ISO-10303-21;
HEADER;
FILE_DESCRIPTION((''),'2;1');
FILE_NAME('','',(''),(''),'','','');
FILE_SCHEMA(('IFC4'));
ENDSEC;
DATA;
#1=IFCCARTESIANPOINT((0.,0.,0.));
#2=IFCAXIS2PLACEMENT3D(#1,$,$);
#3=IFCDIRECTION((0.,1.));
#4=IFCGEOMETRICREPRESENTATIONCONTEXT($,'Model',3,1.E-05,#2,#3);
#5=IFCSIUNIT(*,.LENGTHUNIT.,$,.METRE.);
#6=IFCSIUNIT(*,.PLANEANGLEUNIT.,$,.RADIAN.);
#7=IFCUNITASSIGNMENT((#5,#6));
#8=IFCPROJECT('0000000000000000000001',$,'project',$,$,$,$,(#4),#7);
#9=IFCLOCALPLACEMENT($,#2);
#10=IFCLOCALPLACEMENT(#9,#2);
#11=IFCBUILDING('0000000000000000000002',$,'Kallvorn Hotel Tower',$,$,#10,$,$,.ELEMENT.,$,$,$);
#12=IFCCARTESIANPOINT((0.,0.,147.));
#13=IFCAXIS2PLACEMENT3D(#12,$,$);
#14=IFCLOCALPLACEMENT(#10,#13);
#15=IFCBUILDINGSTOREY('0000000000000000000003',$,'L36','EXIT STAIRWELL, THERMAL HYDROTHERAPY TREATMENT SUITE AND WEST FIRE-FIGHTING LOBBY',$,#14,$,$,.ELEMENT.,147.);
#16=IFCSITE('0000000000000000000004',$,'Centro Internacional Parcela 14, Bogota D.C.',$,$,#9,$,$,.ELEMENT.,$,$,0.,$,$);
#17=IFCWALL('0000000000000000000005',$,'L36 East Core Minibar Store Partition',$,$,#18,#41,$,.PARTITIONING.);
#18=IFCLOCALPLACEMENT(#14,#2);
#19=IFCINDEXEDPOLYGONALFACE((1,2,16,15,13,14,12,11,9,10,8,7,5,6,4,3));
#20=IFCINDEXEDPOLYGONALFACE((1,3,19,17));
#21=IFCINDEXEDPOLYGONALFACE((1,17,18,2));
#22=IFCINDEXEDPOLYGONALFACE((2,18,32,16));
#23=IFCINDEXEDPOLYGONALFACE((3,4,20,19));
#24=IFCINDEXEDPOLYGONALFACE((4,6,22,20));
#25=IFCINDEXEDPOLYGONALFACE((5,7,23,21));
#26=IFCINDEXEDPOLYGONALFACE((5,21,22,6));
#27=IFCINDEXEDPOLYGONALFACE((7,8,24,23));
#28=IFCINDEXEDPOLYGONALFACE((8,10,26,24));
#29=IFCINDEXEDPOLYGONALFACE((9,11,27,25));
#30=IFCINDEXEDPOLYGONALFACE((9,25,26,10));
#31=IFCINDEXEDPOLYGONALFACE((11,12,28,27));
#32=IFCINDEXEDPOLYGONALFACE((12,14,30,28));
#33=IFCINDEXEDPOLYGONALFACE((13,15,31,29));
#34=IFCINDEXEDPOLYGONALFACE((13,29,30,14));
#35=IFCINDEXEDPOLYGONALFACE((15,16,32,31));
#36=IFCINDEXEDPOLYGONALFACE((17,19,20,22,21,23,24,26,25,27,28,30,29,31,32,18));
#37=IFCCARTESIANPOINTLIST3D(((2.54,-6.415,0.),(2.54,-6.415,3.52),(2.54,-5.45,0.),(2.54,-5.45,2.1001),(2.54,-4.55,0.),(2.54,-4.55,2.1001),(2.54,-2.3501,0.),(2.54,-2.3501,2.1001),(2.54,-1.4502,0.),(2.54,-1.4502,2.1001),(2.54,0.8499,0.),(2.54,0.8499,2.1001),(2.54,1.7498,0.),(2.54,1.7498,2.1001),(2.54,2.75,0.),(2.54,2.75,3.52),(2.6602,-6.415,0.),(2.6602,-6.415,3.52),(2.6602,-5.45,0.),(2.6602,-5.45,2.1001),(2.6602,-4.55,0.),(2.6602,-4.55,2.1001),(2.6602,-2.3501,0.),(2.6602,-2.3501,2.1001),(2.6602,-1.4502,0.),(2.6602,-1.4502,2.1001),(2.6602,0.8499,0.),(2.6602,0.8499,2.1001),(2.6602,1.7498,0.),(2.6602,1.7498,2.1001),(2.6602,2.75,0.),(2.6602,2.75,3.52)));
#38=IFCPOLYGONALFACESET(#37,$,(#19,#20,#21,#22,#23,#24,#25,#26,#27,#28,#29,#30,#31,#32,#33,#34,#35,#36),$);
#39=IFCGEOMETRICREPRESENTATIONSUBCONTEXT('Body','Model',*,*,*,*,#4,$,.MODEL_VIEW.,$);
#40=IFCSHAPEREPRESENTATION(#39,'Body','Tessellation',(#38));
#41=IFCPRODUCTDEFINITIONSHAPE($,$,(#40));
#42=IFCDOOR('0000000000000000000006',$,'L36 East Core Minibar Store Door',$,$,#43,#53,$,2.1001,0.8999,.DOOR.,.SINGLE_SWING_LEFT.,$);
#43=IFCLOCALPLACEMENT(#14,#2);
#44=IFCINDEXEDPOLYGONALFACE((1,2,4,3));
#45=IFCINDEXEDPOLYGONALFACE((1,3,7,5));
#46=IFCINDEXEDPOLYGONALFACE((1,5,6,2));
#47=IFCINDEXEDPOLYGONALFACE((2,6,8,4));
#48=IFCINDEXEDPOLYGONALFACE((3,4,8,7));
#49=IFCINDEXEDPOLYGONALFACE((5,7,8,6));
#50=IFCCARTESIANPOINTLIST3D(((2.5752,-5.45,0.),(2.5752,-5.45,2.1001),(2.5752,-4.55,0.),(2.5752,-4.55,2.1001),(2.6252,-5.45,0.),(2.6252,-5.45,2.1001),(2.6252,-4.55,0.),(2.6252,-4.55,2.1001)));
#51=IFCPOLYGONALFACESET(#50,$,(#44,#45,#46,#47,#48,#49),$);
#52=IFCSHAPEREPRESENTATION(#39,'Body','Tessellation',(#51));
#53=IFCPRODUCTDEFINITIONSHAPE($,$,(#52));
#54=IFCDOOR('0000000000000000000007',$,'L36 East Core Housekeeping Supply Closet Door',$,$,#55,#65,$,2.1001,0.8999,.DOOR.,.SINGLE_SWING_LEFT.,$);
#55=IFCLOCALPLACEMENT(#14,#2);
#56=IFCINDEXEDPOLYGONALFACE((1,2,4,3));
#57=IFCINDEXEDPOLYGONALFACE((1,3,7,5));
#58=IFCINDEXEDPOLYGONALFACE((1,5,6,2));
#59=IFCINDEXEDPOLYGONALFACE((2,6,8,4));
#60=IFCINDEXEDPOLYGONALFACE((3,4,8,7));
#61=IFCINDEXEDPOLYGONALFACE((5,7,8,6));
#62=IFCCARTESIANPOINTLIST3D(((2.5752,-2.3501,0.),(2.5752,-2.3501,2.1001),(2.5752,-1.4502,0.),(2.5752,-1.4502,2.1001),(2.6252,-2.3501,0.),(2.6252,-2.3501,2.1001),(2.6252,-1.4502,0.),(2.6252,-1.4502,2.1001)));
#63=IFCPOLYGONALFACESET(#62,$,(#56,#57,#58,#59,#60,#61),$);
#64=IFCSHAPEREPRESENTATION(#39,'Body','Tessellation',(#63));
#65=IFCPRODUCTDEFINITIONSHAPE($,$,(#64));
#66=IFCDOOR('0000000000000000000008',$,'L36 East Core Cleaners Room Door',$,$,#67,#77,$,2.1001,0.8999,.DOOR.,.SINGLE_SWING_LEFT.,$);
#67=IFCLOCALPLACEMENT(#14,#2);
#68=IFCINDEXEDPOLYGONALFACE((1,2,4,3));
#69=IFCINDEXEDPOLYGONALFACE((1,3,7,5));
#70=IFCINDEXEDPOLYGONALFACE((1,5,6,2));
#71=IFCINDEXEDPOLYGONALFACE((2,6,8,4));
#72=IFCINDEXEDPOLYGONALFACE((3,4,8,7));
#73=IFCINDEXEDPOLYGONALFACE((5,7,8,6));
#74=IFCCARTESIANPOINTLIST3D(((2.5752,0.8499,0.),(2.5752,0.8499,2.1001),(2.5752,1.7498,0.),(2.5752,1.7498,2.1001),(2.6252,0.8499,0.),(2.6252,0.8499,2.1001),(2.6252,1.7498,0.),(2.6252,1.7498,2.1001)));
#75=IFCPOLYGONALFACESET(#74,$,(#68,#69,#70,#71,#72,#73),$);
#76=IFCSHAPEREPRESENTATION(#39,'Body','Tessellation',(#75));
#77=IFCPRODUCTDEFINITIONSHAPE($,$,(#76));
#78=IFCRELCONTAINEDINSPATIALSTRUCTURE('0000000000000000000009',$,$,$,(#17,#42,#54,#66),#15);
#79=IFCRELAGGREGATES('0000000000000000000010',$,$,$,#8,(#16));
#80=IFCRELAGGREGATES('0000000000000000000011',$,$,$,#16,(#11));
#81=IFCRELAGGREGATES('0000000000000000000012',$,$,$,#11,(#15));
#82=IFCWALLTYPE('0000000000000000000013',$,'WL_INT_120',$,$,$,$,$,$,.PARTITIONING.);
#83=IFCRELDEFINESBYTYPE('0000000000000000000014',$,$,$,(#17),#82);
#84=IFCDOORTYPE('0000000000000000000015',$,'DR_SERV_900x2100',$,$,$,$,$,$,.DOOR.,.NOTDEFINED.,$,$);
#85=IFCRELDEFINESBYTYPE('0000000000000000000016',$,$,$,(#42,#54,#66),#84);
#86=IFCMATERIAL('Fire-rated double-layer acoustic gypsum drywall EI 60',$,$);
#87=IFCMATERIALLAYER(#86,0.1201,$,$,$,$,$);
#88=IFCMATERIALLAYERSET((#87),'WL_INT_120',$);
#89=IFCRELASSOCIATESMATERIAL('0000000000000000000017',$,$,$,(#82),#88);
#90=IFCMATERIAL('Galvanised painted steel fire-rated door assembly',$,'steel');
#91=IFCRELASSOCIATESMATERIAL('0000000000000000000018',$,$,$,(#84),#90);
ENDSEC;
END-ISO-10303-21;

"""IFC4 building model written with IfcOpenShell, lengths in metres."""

from ifc_helpers import new_model, si_unit, direction, frame, frame_2d, origin, place, context, subcontext, project, spatial, rectangle, extrude, material, layer, layer_set, type_object, element, fill, save


model = new_model("IFC4")

# Units and contexts
model_context = context("Model", 3, precision=1e-05, world=origin(), true_north=direction((0.0, 1.0)))
body_context = subcontext(model_context, "Body", "Model", "MODEL_VIEW")
ifc_project = project(units=[si_unit("LENGTHUNIT", "METRE"), si_unit("PLANEANGLEUNIT", "RADIAN")], contexts=[model_context])

# Site, building, storey
site_placement = place(None, origin())
site = spatial("IfcSite", under=ifc_project, at=site_placement, Name="Centro Internacional Parcela 14, Bogota D.C.", CompositionType="ELEMENT", RefElevation=0.0)
building_placement = place(site_placement, origin())
building = spatial("IfcBuilding", under=site, at=building_placement, Name="Kallvorn Hotel Tower", CompositionType="ELEMENT")
storey_placement = place(building_placement, frame((0.0, 0.0, 147.0)))
storey = spatial("IfcBuildingStorey", under=building, at=storey_placement, Name="L36", Description="EXIT STAIRWELL, THERMAL HYDROTHERAPY TREATMENT SUITE AND WEST FIRE-FIGHTING LOBBY", CompositionType="ELEMENT", Elevation=147.0)

# Shared definitions
ifc_material_1 = material(Name="Fire-rated double-layer acoustic gypsum drywall EI 60")
ifc_layer_1 = layer(ifc_material_1, 0.1201)
ifc_layer_set_1 = layer_set([ifc_layer_1], Name="WL_INT_120")
wall_type_1 = type_object("IfcWallType", Name="WL_INT_120", PredefinedType="PARTITIONING", material=ifc_layer_set_1)

# Wall, openings, doors
wall_1_placement = place(storey_placement, frame((2.6001, -6.415, 0.0), z_axis=(0.0, 0.0, 1.0), x_axis=(0.0, 1.0, 0.0)))
wall_1 = element("IfcWall", 1, at=wall_1_placement, inside=storey, type_object=wall_type_1, Name="L36 East Core Minibar Store Partition", PredefinedType="PARTITIONING", context=body_context, shape_type="SweptSolid", body=[
    extrude(rectangle(XDim=9.165, YDim=0.1201, at=frame_2d((4.5825, 0.0))), origin(), (0.0, 0.0, 1.0), 3.52),
])
opening_1_placement = place(wall_1_placement, frame((0.9651, 0.0, 0.0)))
opening_1 = element("IfcOpeningElement", 2, at=opening_1_placement, cuts=wall_1, PredefinedType="OPENING", context=body_context, shape_type="SweptSolid", body=[
    extrude(rectangle(XDim=0.8999, YDim=2.1001, at=frame_2d((0.45, 1.05))), frame((0.0, 0.075, 0.0), z_axis=(0.0, -1.0, 0.0), x_axis=(1.0, 0.0, 0.0)), (0.0, 0.0, 1.0), 0.1501),
])
opening_2_placement = place(wall_1_placement, frame((4.0649, 0.0, 0.0)))
opening_2 = element("IfcOpeningElement", 3, at=opening_2_placement, cuts=wall_1, PredefinedType="OPENING", context=body_context, shape_type="SweptSolid", body=[
    extrude(rectangle(XDim=0.8999, YDim=2.1001, at=frame_2d((0.45, 1.05))), frame((0.0, 0.075, 0.0), z_axis=(0.0, -1.0, 0.0), x_axis=(1.0, 0.0, 0.0)), (0.0, 0.0, 1.0), 0.1501),
])
opening_3_placement = place(wall_1_placement, frame((7.2649, 0.0, 0.0)))
opening_3 = element("IfcOpeningElement", 4, at=opening_3_placement, cuts=wall_1, PredefinedType="OPENING", context=body_context, shape_type="SweptSolid", body=[
    extrude(rectangle(XDim=0.8999, YDim=2.1001, at=frame_2d((0.45, 1.05))), frame((0.0, 0.075, 0.0), z_axis=(0.0, -1.0, 0.0), x_axis=(1.0, 0.0, 0.0)), (0.0, 0.0, 1.0), 0.1501),
])
ifc_material_2 = material(Name="Galvanised painted steel fire-rated door assembly", Category="steel")
door_type_1 = type_object("IfcDoorType", Name="DR_SERV_900x2100", OperationType="NOTDEFINED", PredefinedType="DOOR", material=ifc_material_2)
door_1_placement = place(opening_1_placement, origin())
door_1 = element("IfcDoor", 5, at=door_1_placement, inside=storey, type_object=door_type_1, Name="L36 East Core Minibar Store Door", OperationType="SINGLE_SWING_LEFT", OverallHeight=2.1001, OverallWidth=0.8999, PredefinedType="DOOR", context=body_context, shape_type="SweptSolid", body=[
    extrude(rectangle(XDim=0.8999, YDim=2.1001, at=frame_2d((0.45, 1.05))), frame((0.0, 0.0249, 0.0), z_axis=(0.0, -1.0, 0.0), x_axis=(1.0, 0.0, 0.0)), (0.0, 0.0, 1.0), 0.05),
])
fill(opening_1, door_1)
door_2_placement = place(opening_2_placement, origin())
door_2 = element("IfcDoor", 6, at=door_2_placement, inside=storey, type_object=door_type_1, Name="L36 East Core Housekeeping Supply Closet Door", OperationType="SINGLE_SWING_LEFT", OverallHeight=2.1001, OverallWidth=0.8999, PredefinedType="DOOR", context=body_context, shape_type="SweptSolid", body=[
    extrude(rectangle(XDim=0.8999, YDim=2.1001, at=frame_2d((0.45, 1.05))), frame((0.0, 0.0249, 0.0), z_axis=(0.0, -1.0, 0.0), x_axis=(1.0, 0.0, 0.0)), (0.0, 0.0, 1.0), 0.05),
])
fill(opening_2, door_2)
door_3_placement = place(opening_3_placement, origin())
door_3 = element("IfcDoor", 7, at=door_3_placement, inside=storey, type_object=door_type_1, Name="L36 East Core Cleaners Room Door", OperationType="SINGLE_SWING_LEFT", OverallHeight=2.1001, OverallWidth=0.8999, PredefinedType="DOOR", context=body_context, shape_type="SweptSolid", body=[
    extrude(rectangle(XDim=0.8999, YDim=2.1001, at=frame_2d((0.45, 1.05))), frame((0.0, 0.0249, 0.0), z_axis=(0.0, -1.0, 0.0), x_axis=(1.0, 0.0, 0.0)), (0.0, 0.0, 1.0), 0.05),
])
fill(opening_3, door_3)

save(model, "model.ifc")
